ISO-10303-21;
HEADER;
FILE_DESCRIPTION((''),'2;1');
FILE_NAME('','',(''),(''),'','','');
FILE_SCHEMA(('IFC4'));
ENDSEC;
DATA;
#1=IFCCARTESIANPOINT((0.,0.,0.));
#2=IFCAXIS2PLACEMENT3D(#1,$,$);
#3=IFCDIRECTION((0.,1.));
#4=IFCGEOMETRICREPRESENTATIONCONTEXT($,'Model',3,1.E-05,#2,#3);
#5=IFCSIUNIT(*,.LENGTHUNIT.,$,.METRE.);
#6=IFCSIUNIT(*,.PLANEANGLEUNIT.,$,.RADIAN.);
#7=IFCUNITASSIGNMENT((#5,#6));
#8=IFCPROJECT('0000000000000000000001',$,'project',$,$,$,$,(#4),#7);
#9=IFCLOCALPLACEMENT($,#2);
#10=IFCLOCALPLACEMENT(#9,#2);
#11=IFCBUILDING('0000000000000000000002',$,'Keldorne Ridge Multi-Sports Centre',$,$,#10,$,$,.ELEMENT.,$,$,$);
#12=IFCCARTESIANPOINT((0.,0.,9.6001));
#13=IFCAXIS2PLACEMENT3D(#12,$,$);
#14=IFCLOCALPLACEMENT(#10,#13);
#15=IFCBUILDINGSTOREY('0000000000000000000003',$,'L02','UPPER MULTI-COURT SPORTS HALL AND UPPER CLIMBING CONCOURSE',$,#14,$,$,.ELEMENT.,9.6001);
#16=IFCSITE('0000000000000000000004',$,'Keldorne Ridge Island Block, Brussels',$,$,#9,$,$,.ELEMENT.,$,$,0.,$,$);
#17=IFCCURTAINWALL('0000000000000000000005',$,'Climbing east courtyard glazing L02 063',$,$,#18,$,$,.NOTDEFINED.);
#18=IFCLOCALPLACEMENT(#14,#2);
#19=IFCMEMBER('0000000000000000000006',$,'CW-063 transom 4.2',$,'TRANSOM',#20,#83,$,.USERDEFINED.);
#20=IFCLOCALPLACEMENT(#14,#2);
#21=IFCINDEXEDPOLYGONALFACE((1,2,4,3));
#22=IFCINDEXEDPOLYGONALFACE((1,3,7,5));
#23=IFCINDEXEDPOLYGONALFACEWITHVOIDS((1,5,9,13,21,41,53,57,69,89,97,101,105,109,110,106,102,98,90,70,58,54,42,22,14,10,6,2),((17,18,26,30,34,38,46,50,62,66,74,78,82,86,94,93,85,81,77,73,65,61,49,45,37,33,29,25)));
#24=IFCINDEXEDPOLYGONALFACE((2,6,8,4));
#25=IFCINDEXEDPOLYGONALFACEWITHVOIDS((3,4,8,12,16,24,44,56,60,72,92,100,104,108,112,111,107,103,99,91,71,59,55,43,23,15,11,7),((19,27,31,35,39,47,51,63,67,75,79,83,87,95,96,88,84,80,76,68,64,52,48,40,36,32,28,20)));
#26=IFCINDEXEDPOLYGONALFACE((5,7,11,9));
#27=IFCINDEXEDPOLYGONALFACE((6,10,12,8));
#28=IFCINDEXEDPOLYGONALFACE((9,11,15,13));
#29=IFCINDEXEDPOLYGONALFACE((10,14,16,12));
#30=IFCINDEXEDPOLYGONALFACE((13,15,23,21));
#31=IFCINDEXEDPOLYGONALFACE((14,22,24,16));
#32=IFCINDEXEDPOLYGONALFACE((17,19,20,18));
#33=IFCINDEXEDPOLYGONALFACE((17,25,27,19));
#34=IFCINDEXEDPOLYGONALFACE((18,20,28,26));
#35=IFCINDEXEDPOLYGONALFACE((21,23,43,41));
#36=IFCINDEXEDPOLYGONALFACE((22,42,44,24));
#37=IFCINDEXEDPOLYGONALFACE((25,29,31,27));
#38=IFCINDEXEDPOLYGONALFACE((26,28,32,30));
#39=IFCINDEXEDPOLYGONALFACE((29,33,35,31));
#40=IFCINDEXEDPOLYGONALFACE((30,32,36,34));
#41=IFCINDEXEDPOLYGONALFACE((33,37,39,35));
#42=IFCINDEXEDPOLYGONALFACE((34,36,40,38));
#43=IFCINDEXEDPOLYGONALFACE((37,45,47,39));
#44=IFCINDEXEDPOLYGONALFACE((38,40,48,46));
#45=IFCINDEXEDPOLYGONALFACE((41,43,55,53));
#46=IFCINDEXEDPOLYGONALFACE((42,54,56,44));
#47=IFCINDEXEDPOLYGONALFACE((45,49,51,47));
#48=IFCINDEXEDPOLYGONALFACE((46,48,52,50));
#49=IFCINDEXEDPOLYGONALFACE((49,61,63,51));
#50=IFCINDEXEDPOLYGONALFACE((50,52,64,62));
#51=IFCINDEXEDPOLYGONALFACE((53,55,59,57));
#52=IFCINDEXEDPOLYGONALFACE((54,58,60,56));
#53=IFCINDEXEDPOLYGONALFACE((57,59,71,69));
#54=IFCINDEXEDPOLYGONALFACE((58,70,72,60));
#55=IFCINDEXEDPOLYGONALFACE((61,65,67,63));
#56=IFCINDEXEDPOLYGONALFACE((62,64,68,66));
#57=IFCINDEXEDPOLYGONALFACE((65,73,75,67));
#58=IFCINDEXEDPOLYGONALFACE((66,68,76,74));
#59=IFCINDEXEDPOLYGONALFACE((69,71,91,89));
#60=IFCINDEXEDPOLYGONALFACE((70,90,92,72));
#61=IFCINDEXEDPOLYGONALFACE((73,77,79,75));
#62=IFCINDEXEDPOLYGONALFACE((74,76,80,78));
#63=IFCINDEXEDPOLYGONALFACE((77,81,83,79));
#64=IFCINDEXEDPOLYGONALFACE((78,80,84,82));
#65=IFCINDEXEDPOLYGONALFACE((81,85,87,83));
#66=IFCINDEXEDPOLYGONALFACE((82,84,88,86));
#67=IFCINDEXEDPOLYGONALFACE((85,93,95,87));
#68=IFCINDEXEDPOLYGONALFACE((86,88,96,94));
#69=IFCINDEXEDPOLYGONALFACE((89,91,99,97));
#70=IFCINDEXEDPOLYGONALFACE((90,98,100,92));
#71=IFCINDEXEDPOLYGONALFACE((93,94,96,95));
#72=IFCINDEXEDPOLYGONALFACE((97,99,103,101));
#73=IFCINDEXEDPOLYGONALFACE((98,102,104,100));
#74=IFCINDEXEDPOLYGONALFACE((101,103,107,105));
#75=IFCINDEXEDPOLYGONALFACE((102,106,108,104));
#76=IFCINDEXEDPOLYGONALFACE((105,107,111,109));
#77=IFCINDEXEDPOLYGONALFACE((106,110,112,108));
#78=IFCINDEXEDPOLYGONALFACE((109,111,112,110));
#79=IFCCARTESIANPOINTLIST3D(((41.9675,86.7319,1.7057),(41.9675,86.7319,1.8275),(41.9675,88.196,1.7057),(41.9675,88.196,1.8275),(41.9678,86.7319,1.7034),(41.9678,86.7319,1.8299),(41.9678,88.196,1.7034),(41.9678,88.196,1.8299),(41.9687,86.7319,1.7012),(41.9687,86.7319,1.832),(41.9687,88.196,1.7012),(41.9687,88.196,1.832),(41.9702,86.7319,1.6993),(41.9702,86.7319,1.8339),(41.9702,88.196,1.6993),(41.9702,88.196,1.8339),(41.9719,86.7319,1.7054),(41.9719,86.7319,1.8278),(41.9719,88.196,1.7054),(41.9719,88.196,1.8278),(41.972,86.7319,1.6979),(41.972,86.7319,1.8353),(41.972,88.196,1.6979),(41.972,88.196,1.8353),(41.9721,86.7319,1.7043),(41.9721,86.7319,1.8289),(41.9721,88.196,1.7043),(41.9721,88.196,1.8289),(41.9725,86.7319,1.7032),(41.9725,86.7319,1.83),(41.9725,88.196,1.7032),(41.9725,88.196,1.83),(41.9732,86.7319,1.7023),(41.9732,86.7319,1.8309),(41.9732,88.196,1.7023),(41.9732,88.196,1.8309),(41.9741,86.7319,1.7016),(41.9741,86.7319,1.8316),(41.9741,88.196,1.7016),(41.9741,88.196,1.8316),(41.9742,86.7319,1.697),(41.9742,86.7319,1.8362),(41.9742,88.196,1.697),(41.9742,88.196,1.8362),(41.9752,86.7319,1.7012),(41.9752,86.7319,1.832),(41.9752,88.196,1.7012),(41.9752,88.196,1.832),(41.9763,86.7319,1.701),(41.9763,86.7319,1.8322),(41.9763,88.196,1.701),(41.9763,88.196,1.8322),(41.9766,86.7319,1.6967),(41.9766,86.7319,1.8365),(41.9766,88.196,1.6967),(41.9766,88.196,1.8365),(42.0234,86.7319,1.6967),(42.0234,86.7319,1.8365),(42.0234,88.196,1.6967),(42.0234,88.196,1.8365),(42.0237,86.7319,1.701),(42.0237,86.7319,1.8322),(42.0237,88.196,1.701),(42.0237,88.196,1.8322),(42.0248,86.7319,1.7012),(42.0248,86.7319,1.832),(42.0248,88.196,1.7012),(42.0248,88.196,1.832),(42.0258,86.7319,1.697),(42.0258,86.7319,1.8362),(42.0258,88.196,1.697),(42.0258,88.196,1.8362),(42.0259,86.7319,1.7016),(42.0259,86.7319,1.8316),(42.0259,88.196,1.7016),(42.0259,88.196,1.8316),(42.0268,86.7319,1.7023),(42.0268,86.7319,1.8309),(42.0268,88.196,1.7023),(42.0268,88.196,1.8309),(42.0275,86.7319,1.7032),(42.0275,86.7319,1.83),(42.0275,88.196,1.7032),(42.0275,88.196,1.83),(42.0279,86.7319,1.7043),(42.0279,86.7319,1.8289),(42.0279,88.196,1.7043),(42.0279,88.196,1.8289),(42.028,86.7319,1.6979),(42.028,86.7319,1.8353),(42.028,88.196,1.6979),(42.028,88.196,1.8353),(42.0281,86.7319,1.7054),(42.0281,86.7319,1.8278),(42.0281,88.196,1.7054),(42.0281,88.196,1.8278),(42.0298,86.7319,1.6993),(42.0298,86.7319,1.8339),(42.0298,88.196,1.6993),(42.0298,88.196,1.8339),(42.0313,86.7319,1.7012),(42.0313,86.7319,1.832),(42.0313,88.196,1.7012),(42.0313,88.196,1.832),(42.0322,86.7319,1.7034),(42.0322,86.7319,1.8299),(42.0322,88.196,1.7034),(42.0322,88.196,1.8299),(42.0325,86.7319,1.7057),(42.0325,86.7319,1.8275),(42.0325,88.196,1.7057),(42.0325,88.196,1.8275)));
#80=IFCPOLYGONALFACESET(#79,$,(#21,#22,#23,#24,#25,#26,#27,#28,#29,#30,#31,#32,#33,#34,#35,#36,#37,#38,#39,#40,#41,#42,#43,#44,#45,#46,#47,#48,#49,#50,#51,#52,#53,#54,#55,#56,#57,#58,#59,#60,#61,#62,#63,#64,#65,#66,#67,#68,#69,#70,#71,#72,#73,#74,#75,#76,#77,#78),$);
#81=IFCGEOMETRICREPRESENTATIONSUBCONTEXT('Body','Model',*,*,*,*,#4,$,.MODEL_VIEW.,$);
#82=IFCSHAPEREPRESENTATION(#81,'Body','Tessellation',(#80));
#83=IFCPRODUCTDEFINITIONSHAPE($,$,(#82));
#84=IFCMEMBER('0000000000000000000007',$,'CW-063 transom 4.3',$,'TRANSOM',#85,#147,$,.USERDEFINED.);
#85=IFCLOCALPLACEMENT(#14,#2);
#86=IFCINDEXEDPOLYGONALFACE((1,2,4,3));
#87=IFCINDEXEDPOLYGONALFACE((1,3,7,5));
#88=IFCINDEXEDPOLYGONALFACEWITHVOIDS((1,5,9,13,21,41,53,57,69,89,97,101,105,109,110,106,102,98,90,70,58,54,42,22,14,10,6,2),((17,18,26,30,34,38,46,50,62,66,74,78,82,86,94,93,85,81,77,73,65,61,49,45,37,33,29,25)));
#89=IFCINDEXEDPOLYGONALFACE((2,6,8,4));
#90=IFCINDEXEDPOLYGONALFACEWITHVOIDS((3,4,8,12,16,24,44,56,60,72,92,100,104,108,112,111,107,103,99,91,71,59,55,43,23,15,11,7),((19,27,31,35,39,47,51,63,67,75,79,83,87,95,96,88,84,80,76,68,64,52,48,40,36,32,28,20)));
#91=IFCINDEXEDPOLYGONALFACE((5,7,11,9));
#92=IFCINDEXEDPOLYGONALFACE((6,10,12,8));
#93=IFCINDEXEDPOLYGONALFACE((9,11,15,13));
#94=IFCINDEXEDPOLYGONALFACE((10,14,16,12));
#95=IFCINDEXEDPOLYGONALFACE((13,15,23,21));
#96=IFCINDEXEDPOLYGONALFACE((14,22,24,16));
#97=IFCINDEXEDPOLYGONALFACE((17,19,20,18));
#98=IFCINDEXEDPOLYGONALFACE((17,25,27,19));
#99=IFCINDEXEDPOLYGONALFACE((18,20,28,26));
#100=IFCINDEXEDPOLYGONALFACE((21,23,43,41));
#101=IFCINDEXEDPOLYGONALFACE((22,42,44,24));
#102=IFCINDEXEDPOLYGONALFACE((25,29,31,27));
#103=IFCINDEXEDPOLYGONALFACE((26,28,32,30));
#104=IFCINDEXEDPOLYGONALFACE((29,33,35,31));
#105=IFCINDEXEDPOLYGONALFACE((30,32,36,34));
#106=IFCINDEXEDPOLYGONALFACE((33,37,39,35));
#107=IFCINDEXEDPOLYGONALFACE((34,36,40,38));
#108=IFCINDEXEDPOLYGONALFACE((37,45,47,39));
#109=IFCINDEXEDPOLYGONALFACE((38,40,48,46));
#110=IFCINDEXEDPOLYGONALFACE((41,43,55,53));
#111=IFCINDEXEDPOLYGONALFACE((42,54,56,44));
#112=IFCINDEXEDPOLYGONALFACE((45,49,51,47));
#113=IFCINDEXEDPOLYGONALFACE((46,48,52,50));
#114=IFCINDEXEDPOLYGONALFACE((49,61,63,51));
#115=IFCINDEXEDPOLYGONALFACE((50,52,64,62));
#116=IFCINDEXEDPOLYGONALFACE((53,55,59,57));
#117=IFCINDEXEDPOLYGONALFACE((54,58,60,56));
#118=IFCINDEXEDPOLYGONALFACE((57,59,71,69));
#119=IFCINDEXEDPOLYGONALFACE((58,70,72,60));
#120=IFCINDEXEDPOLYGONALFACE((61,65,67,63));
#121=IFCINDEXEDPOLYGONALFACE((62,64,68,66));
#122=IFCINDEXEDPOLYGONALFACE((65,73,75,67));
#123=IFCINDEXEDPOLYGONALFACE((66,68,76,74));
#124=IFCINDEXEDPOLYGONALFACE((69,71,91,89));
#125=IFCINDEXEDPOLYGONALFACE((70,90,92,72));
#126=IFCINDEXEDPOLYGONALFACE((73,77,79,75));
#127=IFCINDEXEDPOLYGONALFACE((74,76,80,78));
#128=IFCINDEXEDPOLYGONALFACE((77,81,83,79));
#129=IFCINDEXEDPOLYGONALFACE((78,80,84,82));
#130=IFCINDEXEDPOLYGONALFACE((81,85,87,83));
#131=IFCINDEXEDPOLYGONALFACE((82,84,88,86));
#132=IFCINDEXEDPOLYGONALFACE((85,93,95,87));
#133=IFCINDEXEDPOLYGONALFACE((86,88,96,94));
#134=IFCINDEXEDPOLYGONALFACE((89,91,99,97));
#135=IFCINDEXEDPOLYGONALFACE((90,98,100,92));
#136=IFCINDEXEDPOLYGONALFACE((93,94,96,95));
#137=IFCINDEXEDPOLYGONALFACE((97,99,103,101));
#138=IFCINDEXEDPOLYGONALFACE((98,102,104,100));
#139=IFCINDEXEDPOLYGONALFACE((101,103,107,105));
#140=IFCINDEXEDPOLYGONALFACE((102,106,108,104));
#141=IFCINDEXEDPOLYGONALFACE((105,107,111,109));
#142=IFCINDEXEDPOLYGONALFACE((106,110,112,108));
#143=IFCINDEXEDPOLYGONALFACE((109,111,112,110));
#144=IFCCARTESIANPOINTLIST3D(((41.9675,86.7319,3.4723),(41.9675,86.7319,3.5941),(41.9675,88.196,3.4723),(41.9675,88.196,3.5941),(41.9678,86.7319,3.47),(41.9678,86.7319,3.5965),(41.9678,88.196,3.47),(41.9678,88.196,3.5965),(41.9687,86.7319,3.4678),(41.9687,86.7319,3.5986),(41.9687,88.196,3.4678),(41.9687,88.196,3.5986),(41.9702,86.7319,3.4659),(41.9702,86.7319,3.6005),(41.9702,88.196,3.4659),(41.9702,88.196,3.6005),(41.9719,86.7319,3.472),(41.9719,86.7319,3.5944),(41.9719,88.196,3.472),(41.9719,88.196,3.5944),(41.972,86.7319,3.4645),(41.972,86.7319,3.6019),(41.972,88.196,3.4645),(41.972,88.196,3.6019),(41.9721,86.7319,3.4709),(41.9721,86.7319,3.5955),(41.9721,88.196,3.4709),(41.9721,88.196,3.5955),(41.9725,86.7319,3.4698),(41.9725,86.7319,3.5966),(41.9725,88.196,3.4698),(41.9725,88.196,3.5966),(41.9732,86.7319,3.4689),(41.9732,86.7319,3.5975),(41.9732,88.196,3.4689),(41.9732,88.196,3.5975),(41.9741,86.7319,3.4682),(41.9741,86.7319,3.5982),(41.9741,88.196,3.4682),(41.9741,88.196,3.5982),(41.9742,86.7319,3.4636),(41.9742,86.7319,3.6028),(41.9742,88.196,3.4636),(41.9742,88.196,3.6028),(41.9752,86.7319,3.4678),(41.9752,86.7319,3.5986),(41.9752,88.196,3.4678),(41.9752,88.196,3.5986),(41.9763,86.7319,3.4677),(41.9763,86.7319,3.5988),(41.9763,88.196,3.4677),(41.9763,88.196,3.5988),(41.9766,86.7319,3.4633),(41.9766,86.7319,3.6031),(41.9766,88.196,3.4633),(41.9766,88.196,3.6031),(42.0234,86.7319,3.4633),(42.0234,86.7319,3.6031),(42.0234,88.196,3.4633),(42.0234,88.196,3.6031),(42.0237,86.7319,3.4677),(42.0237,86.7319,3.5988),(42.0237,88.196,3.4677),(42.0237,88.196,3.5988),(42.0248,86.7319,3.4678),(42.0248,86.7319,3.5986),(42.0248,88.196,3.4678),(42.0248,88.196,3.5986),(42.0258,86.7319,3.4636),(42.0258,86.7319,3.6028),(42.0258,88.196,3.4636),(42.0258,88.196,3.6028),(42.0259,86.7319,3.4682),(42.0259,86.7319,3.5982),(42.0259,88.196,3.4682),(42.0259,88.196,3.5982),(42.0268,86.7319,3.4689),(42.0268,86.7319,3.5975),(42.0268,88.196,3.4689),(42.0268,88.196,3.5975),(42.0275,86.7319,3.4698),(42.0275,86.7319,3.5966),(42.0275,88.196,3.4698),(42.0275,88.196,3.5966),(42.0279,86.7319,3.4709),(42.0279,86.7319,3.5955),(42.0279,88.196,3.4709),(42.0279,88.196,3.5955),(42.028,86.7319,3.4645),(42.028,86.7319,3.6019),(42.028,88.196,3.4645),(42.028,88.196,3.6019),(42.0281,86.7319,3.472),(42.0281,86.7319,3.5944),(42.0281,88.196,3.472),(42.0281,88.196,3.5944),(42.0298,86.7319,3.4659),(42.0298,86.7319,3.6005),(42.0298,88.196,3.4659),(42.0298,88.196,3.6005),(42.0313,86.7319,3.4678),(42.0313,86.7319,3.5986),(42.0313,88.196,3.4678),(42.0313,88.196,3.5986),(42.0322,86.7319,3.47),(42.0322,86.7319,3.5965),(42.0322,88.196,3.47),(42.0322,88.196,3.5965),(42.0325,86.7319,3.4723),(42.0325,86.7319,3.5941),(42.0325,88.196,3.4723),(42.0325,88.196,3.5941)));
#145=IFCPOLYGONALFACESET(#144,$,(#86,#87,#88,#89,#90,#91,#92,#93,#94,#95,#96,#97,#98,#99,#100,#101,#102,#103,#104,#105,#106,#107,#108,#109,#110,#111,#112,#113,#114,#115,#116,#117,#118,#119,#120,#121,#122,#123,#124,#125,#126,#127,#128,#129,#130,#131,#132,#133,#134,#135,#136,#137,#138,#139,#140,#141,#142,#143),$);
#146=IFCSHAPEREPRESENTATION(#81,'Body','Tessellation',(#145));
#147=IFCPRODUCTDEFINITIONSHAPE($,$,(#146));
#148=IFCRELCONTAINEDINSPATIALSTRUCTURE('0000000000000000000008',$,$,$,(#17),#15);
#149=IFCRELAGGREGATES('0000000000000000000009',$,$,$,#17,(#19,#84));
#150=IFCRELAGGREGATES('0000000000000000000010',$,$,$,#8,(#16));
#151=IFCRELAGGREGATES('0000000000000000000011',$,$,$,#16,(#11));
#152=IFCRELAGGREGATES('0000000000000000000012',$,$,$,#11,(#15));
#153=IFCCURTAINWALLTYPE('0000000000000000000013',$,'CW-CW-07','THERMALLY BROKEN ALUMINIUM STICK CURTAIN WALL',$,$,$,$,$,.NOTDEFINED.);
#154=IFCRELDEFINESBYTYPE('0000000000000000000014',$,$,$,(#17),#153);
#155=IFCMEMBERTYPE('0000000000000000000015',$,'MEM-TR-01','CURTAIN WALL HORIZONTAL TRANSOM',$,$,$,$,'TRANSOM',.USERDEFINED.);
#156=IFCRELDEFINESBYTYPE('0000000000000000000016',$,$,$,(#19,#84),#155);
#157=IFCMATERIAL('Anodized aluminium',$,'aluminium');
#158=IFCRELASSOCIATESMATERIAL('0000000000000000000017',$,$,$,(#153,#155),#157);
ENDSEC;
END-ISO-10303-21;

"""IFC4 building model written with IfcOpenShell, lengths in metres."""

from ifc_helpers import new_model, si_unit, direction, frame, origin, origin_2d, place, context, subcontext, project, spatial, hollow_rectangle, extrude, material, material_profile, profile_set, type_object, element, aggregate, save


model = new_model("IFC4")

# Units and contexts
model_context = context("Model", 3, precision=1e-05, world=origin(), true_north=direction((0.0, 1.0)))
body_context = subcontext(model_context, "Body", "Model", "MODEL_VIEW")
ifc_project = project(units=[si_unit("LENGTHUNIT", "METRE"), si_unit("PLANEANGLEUNIT", "RADIAN")], contexts=[model_context])

# Site, building, storey
site_placement = place(None, origin())
site = spatial("IfcSite", under=ifc_project, at=site_placement, Name="Keldorne Ridge Island Block, Brussels", CompositionType="ELEMENT", RefElevation=0.0)
building_placement = place(site_placement, origin())
building = spatial("IfcBuilding", under=site, at=building_placement, Name="Keldorne Ridge Multi-Sports Centre", CompositionType="ELEMENT")
storey_placement = place(building_placement, frame((0.0, 0.0, 9.6001)))
storey = spatial("IfcBuildingStorey", under=building, at=storey_placement, Name="L02", Description="UPPER MULTI-COURT SPORTS HALL AND UPPER CLIMBING CONCOURSE", CompositionType="ELEMENT", Elevation=9.6001)

# Curtain wall
ifc_material_1 = material(Name="Anodized aluminium", Category="aluminium")
curtain_wall_type = type_object("IfcCurtainWallType", Name="CW-CW-07", Description="THERMALLY BROKEN ALUMINIUM STICK CURTAIN WALL", PredefinedType="NOTDEFINED", material=ifc_material_1)
curtain_wall_placement = place(storey_placement, origin())
curtain_wall = element("IfcCurtainWall", 1, at=curtain_wall_placement, inside=storey, type_object=curtain_wall_type, Name="Climbing east courtyard glazing L02 063", PredefinedType="NOTDEFINED")

# Members
ifc_material_profile_1 = material_profile(ifc_material_1, hollow_rectangle(XDim=0.0649, YDim=0.1399, WallThickness=0.0044, InnerFilletRadius=0.0044, OuterFilletRadius=0.009, at=origin_2d()), Name="ALU TRANSOM 140x65x4.5")
ifc_profile_set_1 = profile_set([ifc_material_profile_1], Name="Anodized aluminium")
member_type_1 = type_object("IfcMemberType", Name="MEM-TR-01", Description="CURTAIN WALL HORIZONTAL TRANSOM", ElementType="TRANSOM", PredefinedType="USERDEFINED", material=ifc_profile_set_1)
member_1_placement = place(storey_placement, frame((42.0, 86.7319, 1.7666), z_axis=(0.0, 1.0, 0.0), x_axis=(-1.0, 0.0, 0.0)))
member_1 = element("IfcMember", 2, at=member_1_placement, type_object=member_type_1, Name="CW-063 transom 4.2", ObjectType="TRANSOM", PredefinedType="USERDEFINED", context=body_context, shape_type="SweptSolid", body=[
    extrude(hollow_rectangle(XDim=0.0649, YDim=0.1399, WallThickness=0.0044, InnerFilletRadius=0.0044, OuterFilletRadius=0.009, at=origin_2d()), origin(), (0.0, 0.0, 1.0), 1.4641),
])
member_2_placement = place(storey_placement, frame((42.0, 86.7319, 3.5332), z_axis=(0.0, 1.0, 0.0), x_axis=(-1.0, 0.0, 0.0)))
member_2 = element("IfcMember", 3, at=member_2_placement, type_object=member_type_1, Name="CW-063 transom 4.3", ObjectType="TRANSOM", PredefinedType="USERDEFINED", context=body_context, shape_type="SweptSolid", body=[
    extrude(hollow_rectangle(XDim=0.0649, YDim=0.1399, WallThickness=0.0044, InnerFilletRadius=0.0044, OuterFilletRadius=0.009, at=origin_2d()), origin(), (0.0, 0.0, 1.0), 1.4641),
])

aggregate(curtain_wall, [member_1, member_2])

save(model, "model.ifc")
